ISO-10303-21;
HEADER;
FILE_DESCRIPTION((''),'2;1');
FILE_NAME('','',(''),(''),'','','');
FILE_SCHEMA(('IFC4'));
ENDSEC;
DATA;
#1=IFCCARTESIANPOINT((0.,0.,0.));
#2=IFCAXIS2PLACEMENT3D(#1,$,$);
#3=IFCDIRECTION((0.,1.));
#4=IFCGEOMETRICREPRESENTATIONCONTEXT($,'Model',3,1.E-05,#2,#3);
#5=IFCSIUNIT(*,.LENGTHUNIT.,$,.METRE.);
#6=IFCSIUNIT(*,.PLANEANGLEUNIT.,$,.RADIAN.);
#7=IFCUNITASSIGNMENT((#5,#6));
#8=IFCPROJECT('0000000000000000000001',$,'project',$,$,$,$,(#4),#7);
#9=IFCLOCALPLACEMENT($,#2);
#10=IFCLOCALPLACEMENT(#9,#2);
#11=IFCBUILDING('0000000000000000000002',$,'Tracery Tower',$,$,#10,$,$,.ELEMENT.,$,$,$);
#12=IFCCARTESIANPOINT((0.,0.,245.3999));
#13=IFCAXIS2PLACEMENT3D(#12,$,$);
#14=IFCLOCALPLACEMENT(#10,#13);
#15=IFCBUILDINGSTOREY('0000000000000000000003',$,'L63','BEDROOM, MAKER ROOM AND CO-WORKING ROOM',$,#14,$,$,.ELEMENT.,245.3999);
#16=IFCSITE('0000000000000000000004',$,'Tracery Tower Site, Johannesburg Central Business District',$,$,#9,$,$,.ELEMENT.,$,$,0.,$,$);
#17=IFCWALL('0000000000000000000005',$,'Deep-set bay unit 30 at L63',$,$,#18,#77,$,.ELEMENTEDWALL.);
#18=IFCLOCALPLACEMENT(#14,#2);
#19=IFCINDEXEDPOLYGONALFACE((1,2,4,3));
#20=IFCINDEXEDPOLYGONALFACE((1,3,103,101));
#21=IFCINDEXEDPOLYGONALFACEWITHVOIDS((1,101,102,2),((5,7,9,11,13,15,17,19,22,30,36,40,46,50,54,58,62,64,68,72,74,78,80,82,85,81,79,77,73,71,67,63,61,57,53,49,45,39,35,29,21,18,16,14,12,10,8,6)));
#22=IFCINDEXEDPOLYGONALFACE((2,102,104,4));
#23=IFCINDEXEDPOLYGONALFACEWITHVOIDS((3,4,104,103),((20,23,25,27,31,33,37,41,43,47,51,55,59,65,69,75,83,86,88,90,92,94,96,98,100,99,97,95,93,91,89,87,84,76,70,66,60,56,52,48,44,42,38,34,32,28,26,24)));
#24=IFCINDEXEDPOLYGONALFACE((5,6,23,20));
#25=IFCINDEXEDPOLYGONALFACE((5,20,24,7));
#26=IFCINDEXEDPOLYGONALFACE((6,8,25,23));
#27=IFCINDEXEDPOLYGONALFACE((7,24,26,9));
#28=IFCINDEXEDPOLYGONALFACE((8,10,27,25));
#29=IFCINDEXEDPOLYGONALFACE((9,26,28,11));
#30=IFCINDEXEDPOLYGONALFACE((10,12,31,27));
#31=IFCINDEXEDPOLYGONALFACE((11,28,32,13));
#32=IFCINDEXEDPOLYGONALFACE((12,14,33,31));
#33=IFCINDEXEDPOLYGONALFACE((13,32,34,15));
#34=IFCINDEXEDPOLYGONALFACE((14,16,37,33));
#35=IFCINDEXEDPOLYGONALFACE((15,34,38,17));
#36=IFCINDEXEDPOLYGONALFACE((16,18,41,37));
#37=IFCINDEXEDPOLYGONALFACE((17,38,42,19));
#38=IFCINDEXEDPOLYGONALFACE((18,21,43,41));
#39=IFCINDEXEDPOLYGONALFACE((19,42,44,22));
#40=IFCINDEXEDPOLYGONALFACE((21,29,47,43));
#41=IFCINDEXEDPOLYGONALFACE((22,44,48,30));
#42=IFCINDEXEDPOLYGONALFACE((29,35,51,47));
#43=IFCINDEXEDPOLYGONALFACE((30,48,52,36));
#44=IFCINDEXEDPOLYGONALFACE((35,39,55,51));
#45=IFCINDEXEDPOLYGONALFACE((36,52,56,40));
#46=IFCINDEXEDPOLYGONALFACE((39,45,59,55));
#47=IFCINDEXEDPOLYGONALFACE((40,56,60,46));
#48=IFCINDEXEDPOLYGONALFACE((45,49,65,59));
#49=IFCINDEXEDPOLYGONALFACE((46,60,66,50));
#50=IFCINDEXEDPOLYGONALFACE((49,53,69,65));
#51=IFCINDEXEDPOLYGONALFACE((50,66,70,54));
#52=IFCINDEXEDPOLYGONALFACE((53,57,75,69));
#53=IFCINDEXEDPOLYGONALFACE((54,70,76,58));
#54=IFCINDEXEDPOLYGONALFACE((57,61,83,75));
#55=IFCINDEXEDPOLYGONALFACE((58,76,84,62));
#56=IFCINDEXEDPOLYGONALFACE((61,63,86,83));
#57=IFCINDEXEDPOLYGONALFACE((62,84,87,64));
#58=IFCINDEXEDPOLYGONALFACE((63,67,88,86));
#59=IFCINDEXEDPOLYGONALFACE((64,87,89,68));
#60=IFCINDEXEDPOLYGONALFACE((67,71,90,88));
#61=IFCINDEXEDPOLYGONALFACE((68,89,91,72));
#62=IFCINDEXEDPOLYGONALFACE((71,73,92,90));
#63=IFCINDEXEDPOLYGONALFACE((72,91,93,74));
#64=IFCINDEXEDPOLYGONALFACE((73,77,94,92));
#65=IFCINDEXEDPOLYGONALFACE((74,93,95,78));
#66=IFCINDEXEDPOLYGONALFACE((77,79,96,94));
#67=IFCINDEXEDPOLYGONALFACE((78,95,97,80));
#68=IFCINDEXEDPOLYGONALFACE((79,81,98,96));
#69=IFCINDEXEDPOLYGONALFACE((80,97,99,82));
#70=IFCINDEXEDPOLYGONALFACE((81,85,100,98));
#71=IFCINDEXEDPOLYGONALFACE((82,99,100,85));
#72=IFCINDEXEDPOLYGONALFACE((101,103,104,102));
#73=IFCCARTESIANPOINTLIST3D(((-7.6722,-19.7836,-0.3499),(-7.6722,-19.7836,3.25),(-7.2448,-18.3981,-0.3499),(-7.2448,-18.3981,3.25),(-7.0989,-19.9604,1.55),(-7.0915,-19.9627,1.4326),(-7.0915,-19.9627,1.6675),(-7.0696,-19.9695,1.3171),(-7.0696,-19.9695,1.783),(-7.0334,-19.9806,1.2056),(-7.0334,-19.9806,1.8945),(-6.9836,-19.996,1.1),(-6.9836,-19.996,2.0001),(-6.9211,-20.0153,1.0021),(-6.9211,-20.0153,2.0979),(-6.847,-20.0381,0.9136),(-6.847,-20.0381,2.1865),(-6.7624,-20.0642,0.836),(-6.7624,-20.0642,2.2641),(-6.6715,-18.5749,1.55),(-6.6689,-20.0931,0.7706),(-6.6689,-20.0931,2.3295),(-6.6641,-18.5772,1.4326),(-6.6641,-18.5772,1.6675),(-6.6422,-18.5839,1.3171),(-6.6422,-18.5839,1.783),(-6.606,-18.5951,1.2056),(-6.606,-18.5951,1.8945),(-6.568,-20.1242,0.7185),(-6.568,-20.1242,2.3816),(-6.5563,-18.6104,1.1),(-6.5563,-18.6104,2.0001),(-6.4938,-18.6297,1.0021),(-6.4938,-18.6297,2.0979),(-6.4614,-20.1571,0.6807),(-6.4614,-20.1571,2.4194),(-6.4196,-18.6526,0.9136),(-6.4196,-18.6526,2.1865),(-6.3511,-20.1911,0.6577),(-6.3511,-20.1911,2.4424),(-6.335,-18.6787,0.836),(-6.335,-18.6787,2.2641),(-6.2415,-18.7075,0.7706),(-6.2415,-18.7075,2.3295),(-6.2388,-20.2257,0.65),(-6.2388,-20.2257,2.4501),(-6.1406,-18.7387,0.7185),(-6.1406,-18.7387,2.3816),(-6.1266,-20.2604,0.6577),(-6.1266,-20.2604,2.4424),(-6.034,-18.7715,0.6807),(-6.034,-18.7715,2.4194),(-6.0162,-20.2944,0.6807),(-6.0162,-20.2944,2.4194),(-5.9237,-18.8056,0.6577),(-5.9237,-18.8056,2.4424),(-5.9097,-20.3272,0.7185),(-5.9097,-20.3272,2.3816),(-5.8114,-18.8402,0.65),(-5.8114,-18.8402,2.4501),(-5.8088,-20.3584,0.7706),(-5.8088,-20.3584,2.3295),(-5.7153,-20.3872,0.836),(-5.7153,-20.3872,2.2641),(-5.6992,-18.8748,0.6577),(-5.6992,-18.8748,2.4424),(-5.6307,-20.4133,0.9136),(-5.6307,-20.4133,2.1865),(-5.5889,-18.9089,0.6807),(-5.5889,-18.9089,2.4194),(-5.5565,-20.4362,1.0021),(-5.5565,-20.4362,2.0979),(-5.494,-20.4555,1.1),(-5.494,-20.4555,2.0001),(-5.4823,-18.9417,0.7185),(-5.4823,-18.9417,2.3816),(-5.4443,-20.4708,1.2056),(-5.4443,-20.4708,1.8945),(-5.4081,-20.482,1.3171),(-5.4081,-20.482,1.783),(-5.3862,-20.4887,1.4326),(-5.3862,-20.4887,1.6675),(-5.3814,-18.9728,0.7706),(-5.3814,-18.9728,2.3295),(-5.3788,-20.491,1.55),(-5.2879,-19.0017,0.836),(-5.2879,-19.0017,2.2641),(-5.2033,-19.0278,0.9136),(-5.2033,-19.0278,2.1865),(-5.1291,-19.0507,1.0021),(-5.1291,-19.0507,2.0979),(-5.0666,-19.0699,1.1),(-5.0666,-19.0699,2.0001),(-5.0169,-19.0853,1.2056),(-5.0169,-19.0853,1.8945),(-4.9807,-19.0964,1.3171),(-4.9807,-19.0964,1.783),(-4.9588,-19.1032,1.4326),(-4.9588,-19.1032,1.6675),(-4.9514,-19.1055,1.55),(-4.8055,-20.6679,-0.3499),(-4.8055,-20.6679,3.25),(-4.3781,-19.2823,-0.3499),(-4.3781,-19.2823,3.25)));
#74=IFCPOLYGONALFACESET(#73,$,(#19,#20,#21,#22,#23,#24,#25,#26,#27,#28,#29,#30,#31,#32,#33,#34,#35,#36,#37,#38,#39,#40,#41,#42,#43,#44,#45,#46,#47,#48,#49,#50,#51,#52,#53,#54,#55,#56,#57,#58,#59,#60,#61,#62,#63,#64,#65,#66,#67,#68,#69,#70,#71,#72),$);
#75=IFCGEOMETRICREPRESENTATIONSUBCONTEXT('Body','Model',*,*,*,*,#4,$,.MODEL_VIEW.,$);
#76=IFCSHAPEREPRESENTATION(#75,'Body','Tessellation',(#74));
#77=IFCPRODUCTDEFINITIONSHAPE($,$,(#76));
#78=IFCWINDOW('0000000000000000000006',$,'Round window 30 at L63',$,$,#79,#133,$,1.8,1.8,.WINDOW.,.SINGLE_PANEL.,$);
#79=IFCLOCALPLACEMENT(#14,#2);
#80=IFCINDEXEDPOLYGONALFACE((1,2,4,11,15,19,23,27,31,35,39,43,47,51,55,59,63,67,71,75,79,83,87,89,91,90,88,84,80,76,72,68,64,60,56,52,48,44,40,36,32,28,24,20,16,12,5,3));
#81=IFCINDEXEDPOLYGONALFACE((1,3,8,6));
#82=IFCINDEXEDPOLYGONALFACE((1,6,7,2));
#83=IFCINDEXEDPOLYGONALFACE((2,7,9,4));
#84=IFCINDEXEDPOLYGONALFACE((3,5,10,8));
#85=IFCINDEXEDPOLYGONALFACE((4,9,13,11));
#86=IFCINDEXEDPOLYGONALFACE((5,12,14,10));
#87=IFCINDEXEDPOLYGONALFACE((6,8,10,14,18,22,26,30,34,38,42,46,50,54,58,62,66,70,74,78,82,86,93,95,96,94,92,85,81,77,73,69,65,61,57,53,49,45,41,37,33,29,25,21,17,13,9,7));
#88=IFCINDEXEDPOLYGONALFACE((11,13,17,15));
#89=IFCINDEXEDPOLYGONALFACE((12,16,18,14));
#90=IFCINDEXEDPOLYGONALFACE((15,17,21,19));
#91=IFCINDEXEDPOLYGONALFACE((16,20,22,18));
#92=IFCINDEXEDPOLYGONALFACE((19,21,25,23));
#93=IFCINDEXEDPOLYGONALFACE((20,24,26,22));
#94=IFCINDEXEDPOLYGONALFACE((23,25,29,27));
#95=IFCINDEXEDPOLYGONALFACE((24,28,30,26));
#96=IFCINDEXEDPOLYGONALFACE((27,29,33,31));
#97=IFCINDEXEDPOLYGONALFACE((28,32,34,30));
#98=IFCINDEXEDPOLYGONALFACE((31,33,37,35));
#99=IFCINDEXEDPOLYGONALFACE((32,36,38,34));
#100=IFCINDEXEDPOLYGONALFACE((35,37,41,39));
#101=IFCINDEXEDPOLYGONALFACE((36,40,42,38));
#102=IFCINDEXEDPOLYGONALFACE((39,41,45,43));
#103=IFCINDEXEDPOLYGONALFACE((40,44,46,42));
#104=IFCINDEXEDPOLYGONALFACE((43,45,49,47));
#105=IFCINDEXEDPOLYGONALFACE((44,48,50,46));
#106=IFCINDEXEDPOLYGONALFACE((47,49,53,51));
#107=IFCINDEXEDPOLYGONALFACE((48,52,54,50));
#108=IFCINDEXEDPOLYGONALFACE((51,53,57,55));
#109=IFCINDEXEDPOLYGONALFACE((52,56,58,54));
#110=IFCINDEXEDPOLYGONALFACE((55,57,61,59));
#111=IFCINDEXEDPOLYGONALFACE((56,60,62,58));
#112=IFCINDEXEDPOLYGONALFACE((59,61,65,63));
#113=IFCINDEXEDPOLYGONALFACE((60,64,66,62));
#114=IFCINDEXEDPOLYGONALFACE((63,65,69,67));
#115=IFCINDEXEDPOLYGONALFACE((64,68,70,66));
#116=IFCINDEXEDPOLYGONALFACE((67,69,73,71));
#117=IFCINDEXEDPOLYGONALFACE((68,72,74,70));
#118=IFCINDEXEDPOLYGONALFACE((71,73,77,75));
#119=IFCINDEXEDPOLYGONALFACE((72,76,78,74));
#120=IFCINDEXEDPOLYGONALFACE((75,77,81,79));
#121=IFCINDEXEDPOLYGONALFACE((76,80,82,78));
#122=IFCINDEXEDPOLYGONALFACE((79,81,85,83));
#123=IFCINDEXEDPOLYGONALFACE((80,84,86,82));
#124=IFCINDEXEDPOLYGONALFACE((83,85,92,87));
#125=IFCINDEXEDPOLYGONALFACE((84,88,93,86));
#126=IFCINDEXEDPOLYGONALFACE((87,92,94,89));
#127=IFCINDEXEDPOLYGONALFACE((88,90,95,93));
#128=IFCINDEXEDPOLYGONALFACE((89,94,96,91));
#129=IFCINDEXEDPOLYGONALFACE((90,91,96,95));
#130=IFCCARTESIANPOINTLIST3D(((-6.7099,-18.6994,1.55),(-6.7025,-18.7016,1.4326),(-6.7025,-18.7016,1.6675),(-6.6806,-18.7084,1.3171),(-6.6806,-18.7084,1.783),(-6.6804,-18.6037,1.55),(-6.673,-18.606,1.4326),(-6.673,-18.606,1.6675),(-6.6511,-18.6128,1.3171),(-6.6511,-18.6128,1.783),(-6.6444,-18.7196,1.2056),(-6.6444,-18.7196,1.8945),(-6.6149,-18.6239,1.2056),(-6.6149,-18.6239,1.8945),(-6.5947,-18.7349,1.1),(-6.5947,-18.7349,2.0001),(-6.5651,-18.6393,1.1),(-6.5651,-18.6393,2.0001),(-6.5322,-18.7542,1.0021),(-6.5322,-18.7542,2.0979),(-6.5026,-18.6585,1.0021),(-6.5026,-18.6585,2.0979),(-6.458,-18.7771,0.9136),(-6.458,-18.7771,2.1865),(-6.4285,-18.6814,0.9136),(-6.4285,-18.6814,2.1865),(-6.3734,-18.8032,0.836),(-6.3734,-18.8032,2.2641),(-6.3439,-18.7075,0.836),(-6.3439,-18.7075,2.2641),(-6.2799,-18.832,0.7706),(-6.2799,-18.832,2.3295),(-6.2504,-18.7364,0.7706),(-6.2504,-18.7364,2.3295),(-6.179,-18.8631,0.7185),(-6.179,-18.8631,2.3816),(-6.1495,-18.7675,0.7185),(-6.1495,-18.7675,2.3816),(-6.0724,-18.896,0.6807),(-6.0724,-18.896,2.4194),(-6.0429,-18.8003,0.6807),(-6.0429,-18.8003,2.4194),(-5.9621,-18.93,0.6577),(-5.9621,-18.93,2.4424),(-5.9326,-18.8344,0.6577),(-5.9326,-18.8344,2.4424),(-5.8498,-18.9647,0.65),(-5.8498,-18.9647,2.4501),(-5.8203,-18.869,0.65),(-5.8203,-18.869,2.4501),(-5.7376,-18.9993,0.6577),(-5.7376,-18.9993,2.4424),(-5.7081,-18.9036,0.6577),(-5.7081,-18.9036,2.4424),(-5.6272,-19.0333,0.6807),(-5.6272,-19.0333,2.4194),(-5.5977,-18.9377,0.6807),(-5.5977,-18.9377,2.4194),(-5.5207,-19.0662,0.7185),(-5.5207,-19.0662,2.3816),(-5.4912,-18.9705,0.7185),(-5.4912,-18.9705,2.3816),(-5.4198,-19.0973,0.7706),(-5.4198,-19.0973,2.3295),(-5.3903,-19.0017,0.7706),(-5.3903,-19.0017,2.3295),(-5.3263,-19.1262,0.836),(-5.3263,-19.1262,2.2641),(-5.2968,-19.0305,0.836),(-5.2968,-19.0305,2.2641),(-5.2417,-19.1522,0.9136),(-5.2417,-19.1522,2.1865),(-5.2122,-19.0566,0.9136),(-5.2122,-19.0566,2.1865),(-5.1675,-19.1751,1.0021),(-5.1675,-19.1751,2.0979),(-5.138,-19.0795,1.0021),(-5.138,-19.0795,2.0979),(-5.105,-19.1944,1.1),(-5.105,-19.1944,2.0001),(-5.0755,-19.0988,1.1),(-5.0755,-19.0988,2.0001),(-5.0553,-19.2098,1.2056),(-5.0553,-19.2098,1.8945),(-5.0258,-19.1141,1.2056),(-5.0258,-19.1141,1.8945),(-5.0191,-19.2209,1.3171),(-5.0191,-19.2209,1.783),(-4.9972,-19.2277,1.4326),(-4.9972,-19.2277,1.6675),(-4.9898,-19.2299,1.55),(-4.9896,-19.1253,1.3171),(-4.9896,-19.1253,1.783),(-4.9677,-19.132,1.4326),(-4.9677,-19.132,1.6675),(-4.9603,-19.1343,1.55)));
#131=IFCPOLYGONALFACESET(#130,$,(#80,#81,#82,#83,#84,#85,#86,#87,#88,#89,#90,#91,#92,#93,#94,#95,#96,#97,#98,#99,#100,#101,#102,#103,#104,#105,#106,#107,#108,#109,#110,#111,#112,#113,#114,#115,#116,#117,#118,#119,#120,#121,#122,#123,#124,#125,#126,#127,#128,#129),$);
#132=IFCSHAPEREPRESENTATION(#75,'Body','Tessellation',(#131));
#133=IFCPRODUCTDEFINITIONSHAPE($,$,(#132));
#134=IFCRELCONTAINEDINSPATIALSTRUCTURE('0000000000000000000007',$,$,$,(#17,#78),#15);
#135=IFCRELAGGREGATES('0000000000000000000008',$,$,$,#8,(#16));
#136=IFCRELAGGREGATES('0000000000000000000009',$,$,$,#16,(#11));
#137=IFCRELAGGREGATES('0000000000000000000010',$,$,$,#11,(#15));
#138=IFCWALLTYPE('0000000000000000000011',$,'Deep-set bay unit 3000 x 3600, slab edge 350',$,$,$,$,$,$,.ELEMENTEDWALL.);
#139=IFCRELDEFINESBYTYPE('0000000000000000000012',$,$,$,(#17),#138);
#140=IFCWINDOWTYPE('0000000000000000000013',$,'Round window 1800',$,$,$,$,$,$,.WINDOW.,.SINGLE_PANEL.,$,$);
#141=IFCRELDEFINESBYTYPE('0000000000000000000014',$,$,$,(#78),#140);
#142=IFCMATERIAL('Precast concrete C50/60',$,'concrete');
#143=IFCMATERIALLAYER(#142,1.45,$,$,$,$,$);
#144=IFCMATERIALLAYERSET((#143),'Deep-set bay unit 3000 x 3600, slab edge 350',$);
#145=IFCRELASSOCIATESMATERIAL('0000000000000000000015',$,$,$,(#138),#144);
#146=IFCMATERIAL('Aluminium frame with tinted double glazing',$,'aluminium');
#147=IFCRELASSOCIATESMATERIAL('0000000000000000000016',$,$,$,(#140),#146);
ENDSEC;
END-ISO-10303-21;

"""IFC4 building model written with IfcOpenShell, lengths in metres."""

from ifc_helpers import new_model, si_unit, direction, frame, frame_2d, origin, origin_2d, place, context, subcontext, project, spatial, rectangle, circle, extrude, material, layer, layer_set, type_object, element, fill, save


model = new_model("IFC4")

# Units and contexts
model_context = context("Model", 3, precision=1e-05, world=origin(), true_north=direction((0.0, 1.0)))
body_context = subcontext(model_context, "Body", "Model", "MODEL_VIEW")
ifc_project = project(units=[si_unit("LENGTHUNIT", "METRE"), si_unit("PLANEANGLEUNIT", "RADIAN")], contexts=[model_context])

# Site, building, storey
site_placement = place(None, origin())
site = spatial("IfcSite", under=ifc_project, at=site_placement, Name="Tracery Tower Site, Johannesburg Central Business District", CompositionType="ELEMENT", RefElevation=0.0)
building_placement = place(site_placement, origin())
building = spatial("IfcBuilding", under=site, at=building_placement, Name="Tracery Tower", CompositionType="ELEMENT")
storey_placement = place(building_placement, frame((0.0, 0.0, 245.3999)))
storey = spatial("IfcBuildingStorey", under=building, at=storey_placement, Name="L63", Description="BEDROOM, MAKER ROOM AND CO-WORKING ROOM", CompositionType="ELEMENT", Elevation=245.3999)

# Wall, opening, window
ifc_material_1 = material(Name="Precast concrete C50/60", Category="concrete")
ifc_layer_1 = layer(ifc_material_1, 1.45)
ifc_layer_set_1 = layer_set([ifc_layer_1], Name="Deep-set bay unit 3000 x 3600, slab edge 350")
wall_type_1 = type_object("IfcWallType", Name="Deep-set bay unit 3000 x 3600, slab edge 350", PredefinedType="ELEMENTEDWALL", material=ifc_layer_set_1)
wall_1_placement = place(storey_placement, frame((-7.4585, -19.0908, -0.3499), z_axis=(0.0, 0.0, 1.0), x_axis=(0.955571, -0.294761, 0.0)))
wall_1 = element("IfcWall", 1, at=wall_1_placement, inside=storey, type_object=wall_type_1, Name="Deep-set bay unit 30 at L63", PredefinedType="ELEMENTEDWALL", context=body_context, shape_type="SweptSolid", body=[
    extrude(rectangle(XDim=3.0, YDim=1.45, at=frame_2d((1.5, 0.0))), origin(), (0.0, 0.0, 1.0), 3.5999),
])
opening_1_placement = place(wall_1_placement, frame((1.5, 0.0, 1.8999)))
opening_1 = element("IfcOpeningElement", 2, at=opening_1_placement, cuts=wall_1, PredefinedType="OPENING", context=body_context, shape_type="SweptSolid", body=[
    extrude(circle(Radius=0.9, at=origin_2d()), frame((0.0, 0.7349, 0.0), z_axis=(0.0, -1.0, 0.0), x_axis=(1.0, 0.0, 0.0)), (0.0, 0.0, 1.0), 1.47),
])
ifc_material_2 = material(Name="Aluminium frame with tinted double glazing", Category="aluminium")
window_type = type_object("IfcWindowType", Name="Round window 1800", PartitioningType="SINGLE_PANEL", PredefinedType="WINDOW", material=ifc_material_2)
window_1_placement = place(opening_1_placement, origin())
window_1 = element("IfcWindow", 3, at=window_1_placement, inside=storey, type_object=window_type, Name="Round window 30 at L63", OverallHeight=1.8, OverallWidth=1.8, PartitioningType="SINGLE_PANEL", PredefinedType="WINDOW", context=body_context, shape_type="SweptSolid", body=[
    extrude(circle(Radius=0.9, at=origin_2d()), frame((0.0, 0.6948, 0.0), z_axis=(0.0, -1.0, 0.0), x_axis=(1.0, 0.0, 0.0)), (0.0, 0.0, 1.0), 0.1001),
])
fill(opening_1, window_1)

save(model, "model.ifc")
